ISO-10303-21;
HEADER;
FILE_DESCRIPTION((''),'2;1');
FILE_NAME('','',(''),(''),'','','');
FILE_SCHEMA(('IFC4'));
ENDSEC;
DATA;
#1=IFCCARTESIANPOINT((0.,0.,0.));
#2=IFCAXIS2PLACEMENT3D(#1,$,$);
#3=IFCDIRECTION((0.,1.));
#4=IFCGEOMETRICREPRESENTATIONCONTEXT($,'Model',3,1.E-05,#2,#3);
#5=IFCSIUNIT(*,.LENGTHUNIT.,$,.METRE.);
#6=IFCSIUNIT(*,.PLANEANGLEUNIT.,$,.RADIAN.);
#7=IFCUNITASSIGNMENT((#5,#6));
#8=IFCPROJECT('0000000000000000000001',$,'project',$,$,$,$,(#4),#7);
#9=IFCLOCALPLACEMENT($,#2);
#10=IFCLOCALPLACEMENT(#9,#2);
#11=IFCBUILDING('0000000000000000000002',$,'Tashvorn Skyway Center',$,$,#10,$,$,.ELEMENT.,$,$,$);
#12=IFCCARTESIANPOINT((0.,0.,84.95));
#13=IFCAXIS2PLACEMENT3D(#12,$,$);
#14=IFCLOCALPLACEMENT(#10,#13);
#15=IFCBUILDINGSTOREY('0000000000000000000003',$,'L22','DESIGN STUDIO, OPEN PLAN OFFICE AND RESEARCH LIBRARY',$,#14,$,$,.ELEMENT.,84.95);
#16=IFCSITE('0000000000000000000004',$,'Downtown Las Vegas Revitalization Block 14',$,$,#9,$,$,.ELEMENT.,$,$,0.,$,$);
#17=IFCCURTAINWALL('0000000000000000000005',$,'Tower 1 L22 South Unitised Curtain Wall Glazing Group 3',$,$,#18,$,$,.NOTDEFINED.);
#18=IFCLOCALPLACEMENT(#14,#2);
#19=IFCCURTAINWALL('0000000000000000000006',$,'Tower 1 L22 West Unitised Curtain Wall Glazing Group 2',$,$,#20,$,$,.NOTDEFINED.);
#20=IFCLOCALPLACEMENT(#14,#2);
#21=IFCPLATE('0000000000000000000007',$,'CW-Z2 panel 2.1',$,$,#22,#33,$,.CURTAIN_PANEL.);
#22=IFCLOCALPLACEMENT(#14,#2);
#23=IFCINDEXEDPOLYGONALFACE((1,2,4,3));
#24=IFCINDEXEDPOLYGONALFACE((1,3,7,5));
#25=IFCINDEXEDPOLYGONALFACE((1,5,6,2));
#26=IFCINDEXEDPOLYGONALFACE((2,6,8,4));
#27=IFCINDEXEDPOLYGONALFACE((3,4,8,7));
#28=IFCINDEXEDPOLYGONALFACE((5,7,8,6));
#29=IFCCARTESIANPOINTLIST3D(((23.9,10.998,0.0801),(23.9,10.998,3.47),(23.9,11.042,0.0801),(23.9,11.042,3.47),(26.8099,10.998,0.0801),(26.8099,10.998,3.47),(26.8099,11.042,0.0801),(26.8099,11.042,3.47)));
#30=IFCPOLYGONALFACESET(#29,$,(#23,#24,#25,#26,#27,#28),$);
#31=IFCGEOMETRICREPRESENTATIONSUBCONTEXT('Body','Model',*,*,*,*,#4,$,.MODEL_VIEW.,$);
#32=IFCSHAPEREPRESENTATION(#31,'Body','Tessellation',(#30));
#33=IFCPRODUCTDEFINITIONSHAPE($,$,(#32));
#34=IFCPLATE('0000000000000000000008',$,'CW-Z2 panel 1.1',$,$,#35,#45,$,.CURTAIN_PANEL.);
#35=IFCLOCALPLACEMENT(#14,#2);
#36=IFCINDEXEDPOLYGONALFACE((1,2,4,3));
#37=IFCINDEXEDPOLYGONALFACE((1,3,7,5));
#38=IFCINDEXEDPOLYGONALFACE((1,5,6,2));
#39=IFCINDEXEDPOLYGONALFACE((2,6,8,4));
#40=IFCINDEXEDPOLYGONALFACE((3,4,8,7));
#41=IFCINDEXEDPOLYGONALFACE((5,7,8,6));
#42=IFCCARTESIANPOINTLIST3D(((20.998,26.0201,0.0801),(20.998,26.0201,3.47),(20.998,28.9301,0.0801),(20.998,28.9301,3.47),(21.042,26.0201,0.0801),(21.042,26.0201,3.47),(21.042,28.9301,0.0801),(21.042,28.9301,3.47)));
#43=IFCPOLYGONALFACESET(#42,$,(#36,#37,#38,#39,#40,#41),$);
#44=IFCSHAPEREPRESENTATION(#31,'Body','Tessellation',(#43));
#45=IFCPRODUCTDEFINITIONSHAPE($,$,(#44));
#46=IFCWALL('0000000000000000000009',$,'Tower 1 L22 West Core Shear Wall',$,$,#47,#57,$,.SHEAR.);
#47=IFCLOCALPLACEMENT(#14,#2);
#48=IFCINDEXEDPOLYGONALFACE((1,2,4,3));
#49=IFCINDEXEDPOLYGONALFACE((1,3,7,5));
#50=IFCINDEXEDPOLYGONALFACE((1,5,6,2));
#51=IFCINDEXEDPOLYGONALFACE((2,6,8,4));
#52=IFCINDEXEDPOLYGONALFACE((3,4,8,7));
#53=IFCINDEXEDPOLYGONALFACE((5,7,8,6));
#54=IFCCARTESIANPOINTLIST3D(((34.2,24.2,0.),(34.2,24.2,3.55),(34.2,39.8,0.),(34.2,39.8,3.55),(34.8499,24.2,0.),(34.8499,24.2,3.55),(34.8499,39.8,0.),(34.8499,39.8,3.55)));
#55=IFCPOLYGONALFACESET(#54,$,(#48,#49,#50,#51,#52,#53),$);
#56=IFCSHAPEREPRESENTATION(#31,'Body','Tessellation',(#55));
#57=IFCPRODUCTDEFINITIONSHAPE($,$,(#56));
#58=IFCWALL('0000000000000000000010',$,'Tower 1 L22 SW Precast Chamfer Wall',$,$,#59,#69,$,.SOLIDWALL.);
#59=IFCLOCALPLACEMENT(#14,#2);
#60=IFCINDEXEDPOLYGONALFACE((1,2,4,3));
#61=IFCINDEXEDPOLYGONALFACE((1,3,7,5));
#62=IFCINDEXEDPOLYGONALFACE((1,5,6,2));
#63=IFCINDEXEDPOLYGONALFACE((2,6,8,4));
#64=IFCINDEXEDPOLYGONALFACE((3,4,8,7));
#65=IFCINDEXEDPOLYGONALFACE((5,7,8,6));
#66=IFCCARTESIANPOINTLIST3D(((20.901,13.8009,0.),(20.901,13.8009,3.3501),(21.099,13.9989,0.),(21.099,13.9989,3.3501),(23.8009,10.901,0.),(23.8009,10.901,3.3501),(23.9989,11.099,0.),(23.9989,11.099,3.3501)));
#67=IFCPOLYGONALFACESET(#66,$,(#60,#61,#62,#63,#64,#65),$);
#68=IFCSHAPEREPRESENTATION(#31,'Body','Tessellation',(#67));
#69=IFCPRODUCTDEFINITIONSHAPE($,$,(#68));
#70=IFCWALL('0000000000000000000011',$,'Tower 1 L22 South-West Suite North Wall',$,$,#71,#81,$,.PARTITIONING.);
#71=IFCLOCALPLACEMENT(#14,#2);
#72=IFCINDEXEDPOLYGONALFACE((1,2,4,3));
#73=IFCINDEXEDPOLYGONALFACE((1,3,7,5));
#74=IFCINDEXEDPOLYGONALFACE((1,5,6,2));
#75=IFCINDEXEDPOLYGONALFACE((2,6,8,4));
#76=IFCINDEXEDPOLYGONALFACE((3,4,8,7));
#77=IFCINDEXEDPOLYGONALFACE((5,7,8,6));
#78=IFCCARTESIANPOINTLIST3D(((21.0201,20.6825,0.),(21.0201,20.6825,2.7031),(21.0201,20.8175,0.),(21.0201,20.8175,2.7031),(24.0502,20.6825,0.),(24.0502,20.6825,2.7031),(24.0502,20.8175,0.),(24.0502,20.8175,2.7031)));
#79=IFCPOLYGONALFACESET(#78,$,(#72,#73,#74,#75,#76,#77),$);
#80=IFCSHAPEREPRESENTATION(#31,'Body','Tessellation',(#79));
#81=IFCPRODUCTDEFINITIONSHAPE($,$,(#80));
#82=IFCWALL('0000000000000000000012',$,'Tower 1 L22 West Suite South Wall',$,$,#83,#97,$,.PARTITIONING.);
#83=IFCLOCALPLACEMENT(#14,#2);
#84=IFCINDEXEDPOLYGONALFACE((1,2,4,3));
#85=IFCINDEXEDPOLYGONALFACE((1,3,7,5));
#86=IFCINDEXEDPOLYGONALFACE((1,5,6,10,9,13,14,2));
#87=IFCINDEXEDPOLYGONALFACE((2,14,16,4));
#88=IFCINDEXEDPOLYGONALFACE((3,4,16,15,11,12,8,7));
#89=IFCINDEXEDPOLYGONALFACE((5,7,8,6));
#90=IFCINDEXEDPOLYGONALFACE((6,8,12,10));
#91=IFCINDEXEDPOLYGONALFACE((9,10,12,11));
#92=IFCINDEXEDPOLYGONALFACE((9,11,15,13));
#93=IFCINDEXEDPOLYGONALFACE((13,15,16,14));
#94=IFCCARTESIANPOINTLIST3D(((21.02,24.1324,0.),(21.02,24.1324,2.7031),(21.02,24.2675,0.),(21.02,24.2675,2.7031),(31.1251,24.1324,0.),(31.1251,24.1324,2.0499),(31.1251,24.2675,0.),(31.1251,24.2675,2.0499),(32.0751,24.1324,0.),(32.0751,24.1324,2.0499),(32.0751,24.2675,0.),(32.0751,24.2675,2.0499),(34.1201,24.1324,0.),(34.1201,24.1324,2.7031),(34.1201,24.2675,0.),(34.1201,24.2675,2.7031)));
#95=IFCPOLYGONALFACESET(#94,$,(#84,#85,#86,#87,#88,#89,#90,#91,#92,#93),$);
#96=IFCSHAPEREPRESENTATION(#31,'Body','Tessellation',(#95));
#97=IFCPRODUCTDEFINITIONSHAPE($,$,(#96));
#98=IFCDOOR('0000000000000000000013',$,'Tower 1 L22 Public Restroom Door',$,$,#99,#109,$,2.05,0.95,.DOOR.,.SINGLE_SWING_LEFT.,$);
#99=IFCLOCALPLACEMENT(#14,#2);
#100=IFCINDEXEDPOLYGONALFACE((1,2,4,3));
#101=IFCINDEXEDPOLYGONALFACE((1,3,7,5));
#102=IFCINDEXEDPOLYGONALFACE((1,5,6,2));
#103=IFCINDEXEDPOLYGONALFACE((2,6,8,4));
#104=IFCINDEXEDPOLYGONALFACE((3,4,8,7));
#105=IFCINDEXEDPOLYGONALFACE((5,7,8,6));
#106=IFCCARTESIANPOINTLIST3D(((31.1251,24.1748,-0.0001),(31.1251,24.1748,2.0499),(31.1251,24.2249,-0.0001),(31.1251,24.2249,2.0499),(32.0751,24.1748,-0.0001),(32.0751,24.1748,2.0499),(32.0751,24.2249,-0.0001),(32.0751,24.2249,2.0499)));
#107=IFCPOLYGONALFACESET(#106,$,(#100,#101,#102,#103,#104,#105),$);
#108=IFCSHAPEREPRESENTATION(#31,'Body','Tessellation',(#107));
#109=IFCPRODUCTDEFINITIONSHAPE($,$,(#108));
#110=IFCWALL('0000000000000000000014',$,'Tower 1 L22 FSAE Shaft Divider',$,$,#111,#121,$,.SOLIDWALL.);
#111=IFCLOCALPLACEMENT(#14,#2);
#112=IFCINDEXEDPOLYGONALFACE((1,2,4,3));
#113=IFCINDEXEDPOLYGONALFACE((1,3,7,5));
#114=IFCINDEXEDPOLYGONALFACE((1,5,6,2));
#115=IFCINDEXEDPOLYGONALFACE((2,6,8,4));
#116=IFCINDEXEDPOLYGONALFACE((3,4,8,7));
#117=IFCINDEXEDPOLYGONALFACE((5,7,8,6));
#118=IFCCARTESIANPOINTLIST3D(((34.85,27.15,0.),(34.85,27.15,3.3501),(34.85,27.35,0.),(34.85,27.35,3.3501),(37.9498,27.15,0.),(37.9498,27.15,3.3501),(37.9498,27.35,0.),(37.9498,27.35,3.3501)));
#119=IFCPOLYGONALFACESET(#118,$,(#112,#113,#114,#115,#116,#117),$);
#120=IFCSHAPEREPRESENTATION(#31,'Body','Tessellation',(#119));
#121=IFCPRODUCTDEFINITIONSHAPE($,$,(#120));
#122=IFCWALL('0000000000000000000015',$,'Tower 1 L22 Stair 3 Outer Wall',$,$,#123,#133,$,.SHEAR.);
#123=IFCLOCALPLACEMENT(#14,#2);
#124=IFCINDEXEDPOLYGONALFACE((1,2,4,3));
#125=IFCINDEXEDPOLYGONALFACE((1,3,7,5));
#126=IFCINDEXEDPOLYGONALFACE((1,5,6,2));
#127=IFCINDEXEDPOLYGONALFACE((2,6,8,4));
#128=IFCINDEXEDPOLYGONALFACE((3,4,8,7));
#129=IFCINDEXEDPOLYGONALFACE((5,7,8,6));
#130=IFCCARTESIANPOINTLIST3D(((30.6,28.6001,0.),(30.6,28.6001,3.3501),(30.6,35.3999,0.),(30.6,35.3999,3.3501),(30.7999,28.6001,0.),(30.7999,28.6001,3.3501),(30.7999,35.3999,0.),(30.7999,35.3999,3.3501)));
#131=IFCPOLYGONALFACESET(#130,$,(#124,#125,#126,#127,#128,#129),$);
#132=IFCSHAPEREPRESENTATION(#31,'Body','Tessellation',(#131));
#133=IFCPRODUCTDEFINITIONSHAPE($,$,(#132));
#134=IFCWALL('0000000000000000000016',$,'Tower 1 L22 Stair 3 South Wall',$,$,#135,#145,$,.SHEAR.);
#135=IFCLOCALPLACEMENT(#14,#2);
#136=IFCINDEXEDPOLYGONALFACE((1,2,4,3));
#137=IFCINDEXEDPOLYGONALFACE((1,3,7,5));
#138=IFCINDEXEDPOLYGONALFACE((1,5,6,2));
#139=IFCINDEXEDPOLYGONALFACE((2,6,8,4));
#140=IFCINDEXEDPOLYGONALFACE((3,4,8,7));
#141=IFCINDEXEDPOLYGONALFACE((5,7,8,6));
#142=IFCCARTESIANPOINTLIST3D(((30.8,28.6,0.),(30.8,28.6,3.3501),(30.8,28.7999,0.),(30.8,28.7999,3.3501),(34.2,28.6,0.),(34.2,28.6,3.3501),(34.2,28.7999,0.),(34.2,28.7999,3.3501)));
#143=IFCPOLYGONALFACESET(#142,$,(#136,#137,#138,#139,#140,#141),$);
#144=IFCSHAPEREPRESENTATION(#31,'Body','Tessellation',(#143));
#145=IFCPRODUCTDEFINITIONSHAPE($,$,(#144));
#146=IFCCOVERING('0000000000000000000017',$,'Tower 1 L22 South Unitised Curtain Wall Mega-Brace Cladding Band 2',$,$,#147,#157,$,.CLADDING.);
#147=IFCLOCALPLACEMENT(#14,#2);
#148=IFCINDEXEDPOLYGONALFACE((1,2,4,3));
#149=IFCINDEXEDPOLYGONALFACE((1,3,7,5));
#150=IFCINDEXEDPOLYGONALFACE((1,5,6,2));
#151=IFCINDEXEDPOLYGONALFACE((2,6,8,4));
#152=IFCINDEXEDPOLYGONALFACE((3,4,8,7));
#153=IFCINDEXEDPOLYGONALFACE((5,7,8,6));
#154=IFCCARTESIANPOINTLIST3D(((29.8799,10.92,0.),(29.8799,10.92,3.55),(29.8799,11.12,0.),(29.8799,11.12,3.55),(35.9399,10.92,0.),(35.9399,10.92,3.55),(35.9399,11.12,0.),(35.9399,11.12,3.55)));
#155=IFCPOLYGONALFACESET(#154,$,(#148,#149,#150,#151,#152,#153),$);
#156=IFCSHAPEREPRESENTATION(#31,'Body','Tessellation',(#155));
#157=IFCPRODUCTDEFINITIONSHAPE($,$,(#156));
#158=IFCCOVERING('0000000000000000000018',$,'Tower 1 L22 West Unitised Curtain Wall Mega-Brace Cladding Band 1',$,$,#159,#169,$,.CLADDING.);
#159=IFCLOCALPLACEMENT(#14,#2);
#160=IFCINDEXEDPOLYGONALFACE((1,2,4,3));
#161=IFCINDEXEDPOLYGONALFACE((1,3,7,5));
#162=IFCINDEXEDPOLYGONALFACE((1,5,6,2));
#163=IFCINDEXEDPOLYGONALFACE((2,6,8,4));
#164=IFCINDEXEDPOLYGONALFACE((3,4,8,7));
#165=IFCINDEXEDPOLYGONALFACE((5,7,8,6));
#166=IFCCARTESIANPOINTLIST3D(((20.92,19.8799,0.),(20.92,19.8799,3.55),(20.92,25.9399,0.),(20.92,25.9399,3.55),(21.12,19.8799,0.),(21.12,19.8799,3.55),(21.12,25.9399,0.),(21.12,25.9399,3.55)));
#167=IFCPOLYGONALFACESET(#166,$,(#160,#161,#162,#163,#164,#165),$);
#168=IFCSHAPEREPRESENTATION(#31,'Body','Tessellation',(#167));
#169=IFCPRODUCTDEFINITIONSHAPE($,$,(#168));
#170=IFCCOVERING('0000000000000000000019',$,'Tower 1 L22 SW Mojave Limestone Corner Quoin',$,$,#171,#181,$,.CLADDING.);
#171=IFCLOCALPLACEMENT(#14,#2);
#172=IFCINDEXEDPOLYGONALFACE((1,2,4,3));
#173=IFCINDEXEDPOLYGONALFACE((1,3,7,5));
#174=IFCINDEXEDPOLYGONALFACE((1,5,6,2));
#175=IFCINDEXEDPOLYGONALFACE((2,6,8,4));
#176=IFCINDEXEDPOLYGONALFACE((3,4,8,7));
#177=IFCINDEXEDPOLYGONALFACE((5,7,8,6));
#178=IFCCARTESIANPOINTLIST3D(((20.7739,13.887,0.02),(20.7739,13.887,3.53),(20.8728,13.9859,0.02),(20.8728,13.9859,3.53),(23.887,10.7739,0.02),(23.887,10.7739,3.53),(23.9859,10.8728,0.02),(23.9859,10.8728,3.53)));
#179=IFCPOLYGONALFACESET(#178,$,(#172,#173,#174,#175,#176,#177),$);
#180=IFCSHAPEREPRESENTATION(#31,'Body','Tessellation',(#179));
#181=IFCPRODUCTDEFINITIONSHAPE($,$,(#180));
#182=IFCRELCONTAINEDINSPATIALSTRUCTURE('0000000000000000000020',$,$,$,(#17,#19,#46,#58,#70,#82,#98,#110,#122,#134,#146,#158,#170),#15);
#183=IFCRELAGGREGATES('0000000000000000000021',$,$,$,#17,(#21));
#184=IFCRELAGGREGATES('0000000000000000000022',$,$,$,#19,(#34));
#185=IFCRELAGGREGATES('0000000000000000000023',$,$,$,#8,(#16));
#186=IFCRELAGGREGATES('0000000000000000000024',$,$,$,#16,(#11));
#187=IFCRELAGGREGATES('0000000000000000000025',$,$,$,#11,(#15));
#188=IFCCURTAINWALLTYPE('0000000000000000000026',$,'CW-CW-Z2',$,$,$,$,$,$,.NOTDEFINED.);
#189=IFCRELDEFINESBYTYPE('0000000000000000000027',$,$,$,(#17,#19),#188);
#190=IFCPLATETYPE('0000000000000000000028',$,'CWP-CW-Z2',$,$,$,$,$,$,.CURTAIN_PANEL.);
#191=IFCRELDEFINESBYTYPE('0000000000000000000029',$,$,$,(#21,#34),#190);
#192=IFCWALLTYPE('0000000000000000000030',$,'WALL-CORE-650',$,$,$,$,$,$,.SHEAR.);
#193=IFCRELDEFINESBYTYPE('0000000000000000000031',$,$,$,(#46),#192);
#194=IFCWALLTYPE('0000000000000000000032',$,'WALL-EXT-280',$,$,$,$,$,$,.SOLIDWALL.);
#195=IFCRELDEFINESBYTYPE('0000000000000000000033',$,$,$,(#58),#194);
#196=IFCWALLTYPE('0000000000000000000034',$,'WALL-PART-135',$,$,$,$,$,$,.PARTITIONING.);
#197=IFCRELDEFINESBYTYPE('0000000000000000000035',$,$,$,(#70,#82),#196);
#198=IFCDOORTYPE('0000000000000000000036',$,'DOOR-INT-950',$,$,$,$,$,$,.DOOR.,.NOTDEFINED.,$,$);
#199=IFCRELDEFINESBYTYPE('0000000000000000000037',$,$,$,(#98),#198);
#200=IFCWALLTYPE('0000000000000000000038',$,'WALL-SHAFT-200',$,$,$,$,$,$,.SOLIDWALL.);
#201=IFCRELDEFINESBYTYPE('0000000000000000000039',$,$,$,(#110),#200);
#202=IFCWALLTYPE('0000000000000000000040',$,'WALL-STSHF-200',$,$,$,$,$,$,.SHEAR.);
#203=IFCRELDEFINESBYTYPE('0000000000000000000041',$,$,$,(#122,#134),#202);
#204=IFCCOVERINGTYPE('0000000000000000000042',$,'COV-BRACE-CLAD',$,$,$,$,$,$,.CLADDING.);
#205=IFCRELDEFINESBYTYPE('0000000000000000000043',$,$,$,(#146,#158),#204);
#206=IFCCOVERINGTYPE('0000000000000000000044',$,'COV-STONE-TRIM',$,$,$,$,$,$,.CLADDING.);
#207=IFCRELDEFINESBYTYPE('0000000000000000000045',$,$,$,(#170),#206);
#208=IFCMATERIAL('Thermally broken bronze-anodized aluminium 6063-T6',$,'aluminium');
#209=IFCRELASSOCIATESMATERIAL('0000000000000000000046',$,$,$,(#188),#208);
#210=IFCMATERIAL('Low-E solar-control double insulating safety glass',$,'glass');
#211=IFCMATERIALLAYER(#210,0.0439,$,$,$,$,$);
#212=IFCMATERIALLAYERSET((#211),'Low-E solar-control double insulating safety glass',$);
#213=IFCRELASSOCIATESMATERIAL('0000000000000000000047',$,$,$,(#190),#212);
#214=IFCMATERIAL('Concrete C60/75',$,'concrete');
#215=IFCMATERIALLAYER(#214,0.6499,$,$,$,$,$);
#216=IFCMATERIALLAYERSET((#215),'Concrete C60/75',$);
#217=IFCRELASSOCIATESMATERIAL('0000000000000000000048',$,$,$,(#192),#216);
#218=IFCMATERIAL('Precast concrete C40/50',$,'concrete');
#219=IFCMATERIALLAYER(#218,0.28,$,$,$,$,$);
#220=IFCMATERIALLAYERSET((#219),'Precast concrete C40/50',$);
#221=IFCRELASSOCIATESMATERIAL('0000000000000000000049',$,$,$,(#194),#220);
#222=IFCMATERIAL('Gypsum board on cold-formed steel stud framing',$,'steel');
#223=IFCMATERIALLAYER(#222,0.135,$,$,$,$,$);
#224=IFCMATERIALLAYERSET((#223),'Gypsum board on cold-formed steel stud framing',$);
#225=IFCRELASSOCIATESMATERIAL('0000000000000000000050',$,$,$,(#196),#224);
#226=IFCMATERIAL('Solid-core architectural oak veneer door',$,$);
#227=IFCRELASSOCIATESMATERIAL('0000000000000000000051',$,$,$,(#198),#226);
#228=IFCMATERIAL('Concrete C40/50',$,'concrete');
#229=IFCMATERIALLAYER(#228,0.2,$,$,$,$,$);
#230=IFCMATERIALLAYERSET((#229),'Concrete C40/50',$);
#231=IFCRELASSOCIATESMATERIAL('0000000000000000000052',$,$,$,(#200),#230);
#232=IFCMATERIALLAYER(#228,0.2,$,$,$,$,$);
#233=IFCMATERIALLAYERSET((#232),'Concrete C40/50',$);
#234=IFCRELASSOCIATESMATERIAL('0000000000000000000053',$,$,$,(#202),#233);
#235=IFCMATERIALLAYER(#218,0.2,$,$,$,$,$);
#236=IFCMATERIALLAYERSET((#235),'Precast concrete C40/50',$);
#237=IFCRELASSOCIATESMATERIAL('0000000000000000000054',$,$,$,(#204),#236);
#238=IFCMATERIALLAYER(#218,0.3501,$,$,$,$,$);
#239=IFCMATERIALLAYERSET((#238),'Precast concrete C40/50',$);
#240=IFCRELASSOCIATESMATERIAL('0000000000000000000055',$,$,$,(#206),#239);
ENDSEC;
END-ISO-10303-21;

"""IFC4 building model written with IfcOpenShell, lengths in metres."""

from ifc_helpers import new_model, si_unit, direction, frame, frame_2d, origin, origin_2d, place, context, subcontext, project, spatial, rectangle, extrude, material, layer, layer_set, type_object, element, fill, aggregate, save


model = new_model("IFC4")

# Units and contexts
model_context = context("Model", 3, precision=1e-05, world=origin(), true_north=direction((0.0, 1.0)))
body_context = subcontext(model_context, "Body", "Model", "MODEL_VIEW")
ifc_project = project(units=[si_unit("LENGTHUNIT", "METRE"), si_unit("PLANEANGLEUNIT", "RADIAN")], contexts=[model_context])

# Site, building, storey
site_placement = place(None, origin())
site = spatial("IfcSite", under=ifc_project, at=site_placement, Name="Downtown Las Vegas Revitalization Block 14", CompositionType="ELEMENT", RefElevation=0.0)
building_placement = place(site_placement, origin())
building = spatial("IfcBuilding", under=site, at=building_placement, Name="Tashvorn Skyway Center", CompositionType="ELEMENT")
storey_placement = place(building_placement, frame((0.0, 0.0, 84.95)))
storey = spatial("IfcBuildingStorey", under=building, at=storey_placement, Name="L22", Description="DESIGN STUDIO, OPEN PLAN OFFICE AND RESEARCH LIBRARY", CompositionType="ELEMENT", Elevation=84.95)

# Curtain wall
ifc_material_1 = material(Name="Thermally broken bronze-anodized aluminium 6063-T6", Category="aluminium")
curtain_wall_type = type_object("IfcCurtainWallType", Name="CW-CW-Z2", PredefinedType="NOTDEFINED", material=ifc_material_1)
curtain_wall_1_placement = place(storey_placement, origin())
curtain_wall_1 = element("IfcCurtainWall", 1, at=curtain_wall_1_placement, inside=storey, type_object=curtain_wall_type, Name="Tower 1 L22 South Unitised Curtain Wall Glazing Group 3", PredefinedType="NOTDEFINED")

# Curtain wall
curtain_wall_2_placement = place(storey_placement, origin())
curtain_wall_2 = element("IfcCurtainWall", 2, at=curtain_wall_2_placement, inside=storey, type_object=curtain_wall_type, Name="Tower 1 L22 West Unitised Curtain Wall Glazing Group 2", PredefinedType="NOTDEFINED")

# Plates
ifc_material_2 = material(Name="Low-E solar-control double insulating safety glass", Category="glass")
ifc_layer_1 = layer(ifc_material_2, 0.0439)
ifc_layer_set_1 = layer_set([ifc_layer_1], Name="Low-E solar-control double insulating safety glass")
plate_type = type_object("IfcPlateType", Name="CWP-CW-Z2", PredefinedType="CURTAIN_PANEL", material=ifc_layer_set_1)
plate_1_placement = place(storey_placement, frame((25.355, 11.02, 0.0801), z_axis=(0.0, 0.0, 1.0), x_axis=(-1.0, 0.0, 0.0)))
plate_1 = element("IfcPlate", 3, at=plate_1_placement, type_object=plate_type, Name="CW-Z2 panel 2.1", PredefinedType="CURTAIN_PANEL", context=body_context, shape_type="SweptSolid", body=[
    extrude(rectangle(XDim=2.9099, YDim=0.0439, at=origin_2d()), origin(), (0.0, 0.0, 1.0), 3.3899),
])
aggregate(curtain_wall_1, [plate_1])
plate_2_placement = place(storey_placement, frame((21.02, 27.4751, 0.0801), z_axis=(0.0, 0.0, 1.0), x_axis=(0.0, 1.0, 0.0)))
plate_2 = element("IfcPlate", 4, at=plate_2_placement, type_object=plate_type, Name="CW-Z2 panel 1.1", PredefinedType="CURTAIN_PANEL", context=body_context, shape_type="SweptSolid", body=[
    extrude(rectangle(XDim=2.9099, YDim=0.0439, at=origin_2d()), origin(), (0.0, 0.0, 1.0), 3.3899),
])
aggregate(curtain_wall_2, [plate_2])

# Walls
ifc_material_3 = material(Name="Concrete C60/75", Category="concrete")
ifc_layer_2 = layer(ifc_material_3, 0.6499)
ifc_layer_set_2 = layer_set([ifc_layer_2], Name="Concrete C60/75")
wall_type_1 = type_object("IfcWallType", Name="WALL-CORE-650", PredefinedType="SHEAR", material=ifc_layer_set_2)
wall_1_placement = place(storey_placement, frame((34.5249, 24.2, 0.0), z_axis=(0.0, 0.0, 1.0), x_axis=(0.0, 1.0, 0.0)))
element("IfcWall", 5, at=wall_1_placement, inside=storey, type_object=wall_type_1, Name="Tower 1 L22 West Core Shear Wall", PredefinedType="SHEAR", context=body_context, shape_type="SweptSolid", body=[
    extrude(rectangle(XDim=15.6001, YDim=0.6499, at=frame_2d((7.8, 0.0))), origin(), (0.0, 0.0, 1.0), 3.55),
])
ifc_material_4 = material(Name="Precast concrete C40/50", Category="concrete")
ifc_layer_3 = layer(ifc_material_4, 0.28)
ifc_layer_set_3 = layer_set([ifc_layer_3], Name="Precast concrete C40/50")
wall_type_2 = type_object("IfcWallType", Name="WALL-EXT-280", PredefinedType="SOLIDWALL", material=ifc_layer_set_3)
wall_2_placement = place(storey_placement, frame((23.8999, 11.0, 0.0), z_axis=(0.0, 0.0, 1.0), x_axis=(-0.707107, 0.707107, 0.0)))
element("IfcWall", 6, at=wall_2_placement, inside=storey, type_object=wall_type_2, Name="Tower 1 L22 SW Precast Chamfer Wall", PredefinedType="SOLIDWALL", context=body_context, shape_type="SweptSolid", body=[
    extrude(rectangle(XDim=4.1011, YDim=0.28, at=frame_2d((2.0505, 0.0))), origin(), (0.0, 0.0, 1.0), 3.3501),
])
ifc_material_5 = material(Name="Gypsum board on cold-formed steel stud framing", Category="steel")
ifc_layer_4 = layer(ifc_material_5, 0.135)
ifc_layer_set_4 = layer_set([ifc_layer_4], Name="Gypsum board on cold-formed steel stud framing")
wall_type_3 = type_object("IfcWallType", Name="WALL-PART-135", PredefinedType="PARTITIONING", material=ifc_layer_set_4)
wall_3_placement = place(storey_placement, frame((21.02, 20.75, 0.0), z_axis=(0.0, 0.0, 1.0), x_axis=(1.0, 0.0, 0.0)))
element("IfcWall", 7, at=wall_3_placement, inside=storey, type_object=wall_type_3, Name="Tower 1 L22 South-West Suite North Wall", PredefinedType="PARTITIONING", context=body_context, shape_type="SweptSolid", body=[
    extrude(rectangle(XDim=3.03, YDim=0.135, at=frame_2d((1.5151, 0.0))), origin(), (0.0, 0.0, 1.0), 2.7031),
])

# Wall, opening, door
wall_4_placement = place(storey_placement, frame((21.02, 24.2, 0.0), z_axis=(0.0, 0.0, 1.0), x_axis=(1.0, 0.0, 0.0)))
wall_4 = element("IfcWall", 8, at=wall_4_placement, inside=storey, type_object=wall_type_3, Name="Tower 1 L22 West Suite South Wall", PredefinedType="PARTITIONING", context=body_context, shape_type="SweptSolid", body=[
    extrude(rectangle(XDim=13.1001, YDim=0.135, at=frame_2d((6.55, 0.0))), origin(), (0.0, 0.0, 1.0), 2.7031),
])
opening_placement = place(wall_4_placement, frame((10.105, 0.0, 0.0)))
opening = element("IfcOpeningElement", 9, at=opening_placement, cuts=wall_4, PredefinedType="OPENING", context=body_context, shape_type="SweptSolid", body=[
    extrude(rectangle(XDim=0.95, YDim=2.05, at=frame_2d((0.4751, 1.0249))), frame((0.0, 0.0774, 0.0), z_axis=(0.0, -1.0, 0.0), x_axis=(1.0, 0.0, 0.0)), (0.0, 0.0, 1.0), 0.155),
])
ifc_material_6 = material(Name="Solid-core architectural oak veneer door")
door_type = type_object("IfcDoorType", Name="DOOR-INT-950", OperationType="NOTDEFINED", PredefinedType="DOOR", material=ifc_material_6)
door_placement = place(opening_placement, origin())
door = element("IfcDoor", 10, at=door_placement, inside=storey, type_object=door_type, Name="Tower 1 L22 Public Restroom Door", OperationType="SINGLE_SWING_LEFT", OverallHeight=2.05, OverallWidth=0.95, PredefinedType="DOOR", context=body_context, shape_type="SweptSolid", body=[
    extrude(rectangle(XDim=0.95, YDim=2.05, at=frame_2d((0.4751, 1.0249))), frame((0.0, 0.0249, 0.0), z_axis=(0.0, -1.0, 0.0), x_axis=(1.0, 0.0, 0.0)), (0.0, 0.0, 1.0), 0.05),
])
fill(opening, door)

# Walls
ifc_material_7 = material(Name="Concrete C40/50", Category="concrete")
ifc_layer_5 = layer(ifc_material_7, 0.2)
ifc_layer_set_5 = layer_set([ifc_layer_5], Name="Concrete C40/50")
wall_type_4 = type_object("IfcWallType", Name="WALL-SHAFT-200", PredefinedType="SOLIDWALL", material=ifc_layer_set_5)
wall_5_placement = place(storey_placement, frame((34.8501, 27.25, 0.0), z_axis=(0.0, 0.0, 1.0), x_axis=(1.0, 0.0, 0.0)))
element("IfcWall", 11, at=wall_5_placement, inside=storey, type_object=wall_type_4, Name="Tower 1 L22 FSAE Shaft Divider", PredefinedType="SOLIDWALL", context=body_context, shape_type="SweptSolid", body=[
    extrude(rectangle(XDim=3.0999, YDim=0.2, at=frame_2d((1.5498, 0.0))), origin(), (0.0, 0.0, 1.0), 3.3501),
])
ifc_layer_6 = layer(ifc_material_7, 0.2)
ifc_layer_set_6 = layer_set([ifc_layer_6], Name="Concrete C40/50")
wall_type_5 = type_object("IfcWallType", Name="WALL-STSHF-200", PredefinedType="SHEAR", material=ifc_layer_set_6)
wall_6_placement = place(storey_placement, frame((30.7, 28.6001, 0.0), z_axis=(0.0, 0.0, 1.0), x_axis=(0.0, 1.0, 0.0)))
element("IfcWall", 12, at=wall_6_placement, inside=storey, type_object=wall_type_5, Name="Tower 1 L22 Stair 3 Outer Wall", PredefinedType="SHEAR", context=body_context, shape_type="SweptSolid", body=[
    extrude(rectangle(XDim=6.7998, YDim=0.2, at=frame_2d((3.3999, 0.0))), origin(), (0.0, 0.0, 1.0), 3.3501),
])
wall_7_placement = place(storey_placement, frame((30.8, 28.7, 0.0), z_axis=(0.0, 0.0, 1.0), x_axis=(1.0, 0.0, 0.0)))
element("IfcWall", 13, at=wall_7_placement, inside=storey, type_object=wall_type_5, Name="Tower 1 L22 Stair 3 South Wall", PredefinedType="SHEAR", context=body_context, shape_type="SweptSolid", body=[
    extrude(rectangle(XDim=3.3999, YDim=0.2, at=frame_2d((1.7, 0.0))), origin(), (0.0, 0.0, 1.0), 3.3501),
])

# Coverings
ifc_layer_7 = layer(ifc_material_4, 0.2)
ifc_layer_set_7 = layer_set([ifc_layer_7], Name="Precast concrete C40/50")
covering_type_1 = type_object("IfcCoveringType", Name="COV-BRACE-CLAD", PredefinedType="CLADDING", material=ifc_layer_set_7)
for number, where, z_axis, x_axis, name in (
    (14, (32.9099, 11.02, 0.0), (0.0, 0.0, 1.0), (-1.0, 0.0, 0.0), "Tower 1 L22 South Unitised Curtain Wall Mega-Brace Cladding Band 2"),
    (15, (21.02, 22.9099, 0.0), (0.0, 0.0, 1.0), (0.0, 1.0, 0.0), "Tower 1 L22 West Unitised Curtain Wall Mega-Brace Cladding Band 1"),
):
    element("IfcCovering", number, at=place(storey_placement, frame(where, z_axis=z_axis, x_axis=x_axis)), inside=storey, type_object=covering_type_1, Name=name, PredefinedType="CLADDING", context=body_context, shape_type="SweptSolid", body=[
        extrude(rectangle(XDim=6.0601, YDim=0.2, at=origin_2d()), origin(), (0.0, 0.0, 1.0), 3.55),
    ])
ifc_layer_8 = layer(ifc_material_4, 0.3501)
ifc_layer_set_8 = layer_set([ifc_layer_8], Name="Precast concrete C40/50")
covering_type_2 = type_object("IfcCoveringType", Name="COV-STONE-TRIM", PredefinedType="CLADDING", material=ifc_layer_set_8)
covering_placement = place(storey_placement, frame((22.3799, 12.3799, 0.02), z_axis=(0.0, 0.0, 1.0), x_axis=(-0.707107, 0.707107, 0.0)))
element("IfcCovering", 16, at=covering_placement, inside=storey, type_object=covering_type_2, Name="Tower 1 L22 SW Mojave Limestone Corner Quoin", PredefinedType="CLADDING", context=body_context, shape_type="SweptSolid", body=[
    extrude(rectangle(XDim=4.4026, YDim=0.1399, at=origin_2d()), origin(), (0.0, 0.0, 1.0), 3.51),
])

save(model, "model.ifc")
